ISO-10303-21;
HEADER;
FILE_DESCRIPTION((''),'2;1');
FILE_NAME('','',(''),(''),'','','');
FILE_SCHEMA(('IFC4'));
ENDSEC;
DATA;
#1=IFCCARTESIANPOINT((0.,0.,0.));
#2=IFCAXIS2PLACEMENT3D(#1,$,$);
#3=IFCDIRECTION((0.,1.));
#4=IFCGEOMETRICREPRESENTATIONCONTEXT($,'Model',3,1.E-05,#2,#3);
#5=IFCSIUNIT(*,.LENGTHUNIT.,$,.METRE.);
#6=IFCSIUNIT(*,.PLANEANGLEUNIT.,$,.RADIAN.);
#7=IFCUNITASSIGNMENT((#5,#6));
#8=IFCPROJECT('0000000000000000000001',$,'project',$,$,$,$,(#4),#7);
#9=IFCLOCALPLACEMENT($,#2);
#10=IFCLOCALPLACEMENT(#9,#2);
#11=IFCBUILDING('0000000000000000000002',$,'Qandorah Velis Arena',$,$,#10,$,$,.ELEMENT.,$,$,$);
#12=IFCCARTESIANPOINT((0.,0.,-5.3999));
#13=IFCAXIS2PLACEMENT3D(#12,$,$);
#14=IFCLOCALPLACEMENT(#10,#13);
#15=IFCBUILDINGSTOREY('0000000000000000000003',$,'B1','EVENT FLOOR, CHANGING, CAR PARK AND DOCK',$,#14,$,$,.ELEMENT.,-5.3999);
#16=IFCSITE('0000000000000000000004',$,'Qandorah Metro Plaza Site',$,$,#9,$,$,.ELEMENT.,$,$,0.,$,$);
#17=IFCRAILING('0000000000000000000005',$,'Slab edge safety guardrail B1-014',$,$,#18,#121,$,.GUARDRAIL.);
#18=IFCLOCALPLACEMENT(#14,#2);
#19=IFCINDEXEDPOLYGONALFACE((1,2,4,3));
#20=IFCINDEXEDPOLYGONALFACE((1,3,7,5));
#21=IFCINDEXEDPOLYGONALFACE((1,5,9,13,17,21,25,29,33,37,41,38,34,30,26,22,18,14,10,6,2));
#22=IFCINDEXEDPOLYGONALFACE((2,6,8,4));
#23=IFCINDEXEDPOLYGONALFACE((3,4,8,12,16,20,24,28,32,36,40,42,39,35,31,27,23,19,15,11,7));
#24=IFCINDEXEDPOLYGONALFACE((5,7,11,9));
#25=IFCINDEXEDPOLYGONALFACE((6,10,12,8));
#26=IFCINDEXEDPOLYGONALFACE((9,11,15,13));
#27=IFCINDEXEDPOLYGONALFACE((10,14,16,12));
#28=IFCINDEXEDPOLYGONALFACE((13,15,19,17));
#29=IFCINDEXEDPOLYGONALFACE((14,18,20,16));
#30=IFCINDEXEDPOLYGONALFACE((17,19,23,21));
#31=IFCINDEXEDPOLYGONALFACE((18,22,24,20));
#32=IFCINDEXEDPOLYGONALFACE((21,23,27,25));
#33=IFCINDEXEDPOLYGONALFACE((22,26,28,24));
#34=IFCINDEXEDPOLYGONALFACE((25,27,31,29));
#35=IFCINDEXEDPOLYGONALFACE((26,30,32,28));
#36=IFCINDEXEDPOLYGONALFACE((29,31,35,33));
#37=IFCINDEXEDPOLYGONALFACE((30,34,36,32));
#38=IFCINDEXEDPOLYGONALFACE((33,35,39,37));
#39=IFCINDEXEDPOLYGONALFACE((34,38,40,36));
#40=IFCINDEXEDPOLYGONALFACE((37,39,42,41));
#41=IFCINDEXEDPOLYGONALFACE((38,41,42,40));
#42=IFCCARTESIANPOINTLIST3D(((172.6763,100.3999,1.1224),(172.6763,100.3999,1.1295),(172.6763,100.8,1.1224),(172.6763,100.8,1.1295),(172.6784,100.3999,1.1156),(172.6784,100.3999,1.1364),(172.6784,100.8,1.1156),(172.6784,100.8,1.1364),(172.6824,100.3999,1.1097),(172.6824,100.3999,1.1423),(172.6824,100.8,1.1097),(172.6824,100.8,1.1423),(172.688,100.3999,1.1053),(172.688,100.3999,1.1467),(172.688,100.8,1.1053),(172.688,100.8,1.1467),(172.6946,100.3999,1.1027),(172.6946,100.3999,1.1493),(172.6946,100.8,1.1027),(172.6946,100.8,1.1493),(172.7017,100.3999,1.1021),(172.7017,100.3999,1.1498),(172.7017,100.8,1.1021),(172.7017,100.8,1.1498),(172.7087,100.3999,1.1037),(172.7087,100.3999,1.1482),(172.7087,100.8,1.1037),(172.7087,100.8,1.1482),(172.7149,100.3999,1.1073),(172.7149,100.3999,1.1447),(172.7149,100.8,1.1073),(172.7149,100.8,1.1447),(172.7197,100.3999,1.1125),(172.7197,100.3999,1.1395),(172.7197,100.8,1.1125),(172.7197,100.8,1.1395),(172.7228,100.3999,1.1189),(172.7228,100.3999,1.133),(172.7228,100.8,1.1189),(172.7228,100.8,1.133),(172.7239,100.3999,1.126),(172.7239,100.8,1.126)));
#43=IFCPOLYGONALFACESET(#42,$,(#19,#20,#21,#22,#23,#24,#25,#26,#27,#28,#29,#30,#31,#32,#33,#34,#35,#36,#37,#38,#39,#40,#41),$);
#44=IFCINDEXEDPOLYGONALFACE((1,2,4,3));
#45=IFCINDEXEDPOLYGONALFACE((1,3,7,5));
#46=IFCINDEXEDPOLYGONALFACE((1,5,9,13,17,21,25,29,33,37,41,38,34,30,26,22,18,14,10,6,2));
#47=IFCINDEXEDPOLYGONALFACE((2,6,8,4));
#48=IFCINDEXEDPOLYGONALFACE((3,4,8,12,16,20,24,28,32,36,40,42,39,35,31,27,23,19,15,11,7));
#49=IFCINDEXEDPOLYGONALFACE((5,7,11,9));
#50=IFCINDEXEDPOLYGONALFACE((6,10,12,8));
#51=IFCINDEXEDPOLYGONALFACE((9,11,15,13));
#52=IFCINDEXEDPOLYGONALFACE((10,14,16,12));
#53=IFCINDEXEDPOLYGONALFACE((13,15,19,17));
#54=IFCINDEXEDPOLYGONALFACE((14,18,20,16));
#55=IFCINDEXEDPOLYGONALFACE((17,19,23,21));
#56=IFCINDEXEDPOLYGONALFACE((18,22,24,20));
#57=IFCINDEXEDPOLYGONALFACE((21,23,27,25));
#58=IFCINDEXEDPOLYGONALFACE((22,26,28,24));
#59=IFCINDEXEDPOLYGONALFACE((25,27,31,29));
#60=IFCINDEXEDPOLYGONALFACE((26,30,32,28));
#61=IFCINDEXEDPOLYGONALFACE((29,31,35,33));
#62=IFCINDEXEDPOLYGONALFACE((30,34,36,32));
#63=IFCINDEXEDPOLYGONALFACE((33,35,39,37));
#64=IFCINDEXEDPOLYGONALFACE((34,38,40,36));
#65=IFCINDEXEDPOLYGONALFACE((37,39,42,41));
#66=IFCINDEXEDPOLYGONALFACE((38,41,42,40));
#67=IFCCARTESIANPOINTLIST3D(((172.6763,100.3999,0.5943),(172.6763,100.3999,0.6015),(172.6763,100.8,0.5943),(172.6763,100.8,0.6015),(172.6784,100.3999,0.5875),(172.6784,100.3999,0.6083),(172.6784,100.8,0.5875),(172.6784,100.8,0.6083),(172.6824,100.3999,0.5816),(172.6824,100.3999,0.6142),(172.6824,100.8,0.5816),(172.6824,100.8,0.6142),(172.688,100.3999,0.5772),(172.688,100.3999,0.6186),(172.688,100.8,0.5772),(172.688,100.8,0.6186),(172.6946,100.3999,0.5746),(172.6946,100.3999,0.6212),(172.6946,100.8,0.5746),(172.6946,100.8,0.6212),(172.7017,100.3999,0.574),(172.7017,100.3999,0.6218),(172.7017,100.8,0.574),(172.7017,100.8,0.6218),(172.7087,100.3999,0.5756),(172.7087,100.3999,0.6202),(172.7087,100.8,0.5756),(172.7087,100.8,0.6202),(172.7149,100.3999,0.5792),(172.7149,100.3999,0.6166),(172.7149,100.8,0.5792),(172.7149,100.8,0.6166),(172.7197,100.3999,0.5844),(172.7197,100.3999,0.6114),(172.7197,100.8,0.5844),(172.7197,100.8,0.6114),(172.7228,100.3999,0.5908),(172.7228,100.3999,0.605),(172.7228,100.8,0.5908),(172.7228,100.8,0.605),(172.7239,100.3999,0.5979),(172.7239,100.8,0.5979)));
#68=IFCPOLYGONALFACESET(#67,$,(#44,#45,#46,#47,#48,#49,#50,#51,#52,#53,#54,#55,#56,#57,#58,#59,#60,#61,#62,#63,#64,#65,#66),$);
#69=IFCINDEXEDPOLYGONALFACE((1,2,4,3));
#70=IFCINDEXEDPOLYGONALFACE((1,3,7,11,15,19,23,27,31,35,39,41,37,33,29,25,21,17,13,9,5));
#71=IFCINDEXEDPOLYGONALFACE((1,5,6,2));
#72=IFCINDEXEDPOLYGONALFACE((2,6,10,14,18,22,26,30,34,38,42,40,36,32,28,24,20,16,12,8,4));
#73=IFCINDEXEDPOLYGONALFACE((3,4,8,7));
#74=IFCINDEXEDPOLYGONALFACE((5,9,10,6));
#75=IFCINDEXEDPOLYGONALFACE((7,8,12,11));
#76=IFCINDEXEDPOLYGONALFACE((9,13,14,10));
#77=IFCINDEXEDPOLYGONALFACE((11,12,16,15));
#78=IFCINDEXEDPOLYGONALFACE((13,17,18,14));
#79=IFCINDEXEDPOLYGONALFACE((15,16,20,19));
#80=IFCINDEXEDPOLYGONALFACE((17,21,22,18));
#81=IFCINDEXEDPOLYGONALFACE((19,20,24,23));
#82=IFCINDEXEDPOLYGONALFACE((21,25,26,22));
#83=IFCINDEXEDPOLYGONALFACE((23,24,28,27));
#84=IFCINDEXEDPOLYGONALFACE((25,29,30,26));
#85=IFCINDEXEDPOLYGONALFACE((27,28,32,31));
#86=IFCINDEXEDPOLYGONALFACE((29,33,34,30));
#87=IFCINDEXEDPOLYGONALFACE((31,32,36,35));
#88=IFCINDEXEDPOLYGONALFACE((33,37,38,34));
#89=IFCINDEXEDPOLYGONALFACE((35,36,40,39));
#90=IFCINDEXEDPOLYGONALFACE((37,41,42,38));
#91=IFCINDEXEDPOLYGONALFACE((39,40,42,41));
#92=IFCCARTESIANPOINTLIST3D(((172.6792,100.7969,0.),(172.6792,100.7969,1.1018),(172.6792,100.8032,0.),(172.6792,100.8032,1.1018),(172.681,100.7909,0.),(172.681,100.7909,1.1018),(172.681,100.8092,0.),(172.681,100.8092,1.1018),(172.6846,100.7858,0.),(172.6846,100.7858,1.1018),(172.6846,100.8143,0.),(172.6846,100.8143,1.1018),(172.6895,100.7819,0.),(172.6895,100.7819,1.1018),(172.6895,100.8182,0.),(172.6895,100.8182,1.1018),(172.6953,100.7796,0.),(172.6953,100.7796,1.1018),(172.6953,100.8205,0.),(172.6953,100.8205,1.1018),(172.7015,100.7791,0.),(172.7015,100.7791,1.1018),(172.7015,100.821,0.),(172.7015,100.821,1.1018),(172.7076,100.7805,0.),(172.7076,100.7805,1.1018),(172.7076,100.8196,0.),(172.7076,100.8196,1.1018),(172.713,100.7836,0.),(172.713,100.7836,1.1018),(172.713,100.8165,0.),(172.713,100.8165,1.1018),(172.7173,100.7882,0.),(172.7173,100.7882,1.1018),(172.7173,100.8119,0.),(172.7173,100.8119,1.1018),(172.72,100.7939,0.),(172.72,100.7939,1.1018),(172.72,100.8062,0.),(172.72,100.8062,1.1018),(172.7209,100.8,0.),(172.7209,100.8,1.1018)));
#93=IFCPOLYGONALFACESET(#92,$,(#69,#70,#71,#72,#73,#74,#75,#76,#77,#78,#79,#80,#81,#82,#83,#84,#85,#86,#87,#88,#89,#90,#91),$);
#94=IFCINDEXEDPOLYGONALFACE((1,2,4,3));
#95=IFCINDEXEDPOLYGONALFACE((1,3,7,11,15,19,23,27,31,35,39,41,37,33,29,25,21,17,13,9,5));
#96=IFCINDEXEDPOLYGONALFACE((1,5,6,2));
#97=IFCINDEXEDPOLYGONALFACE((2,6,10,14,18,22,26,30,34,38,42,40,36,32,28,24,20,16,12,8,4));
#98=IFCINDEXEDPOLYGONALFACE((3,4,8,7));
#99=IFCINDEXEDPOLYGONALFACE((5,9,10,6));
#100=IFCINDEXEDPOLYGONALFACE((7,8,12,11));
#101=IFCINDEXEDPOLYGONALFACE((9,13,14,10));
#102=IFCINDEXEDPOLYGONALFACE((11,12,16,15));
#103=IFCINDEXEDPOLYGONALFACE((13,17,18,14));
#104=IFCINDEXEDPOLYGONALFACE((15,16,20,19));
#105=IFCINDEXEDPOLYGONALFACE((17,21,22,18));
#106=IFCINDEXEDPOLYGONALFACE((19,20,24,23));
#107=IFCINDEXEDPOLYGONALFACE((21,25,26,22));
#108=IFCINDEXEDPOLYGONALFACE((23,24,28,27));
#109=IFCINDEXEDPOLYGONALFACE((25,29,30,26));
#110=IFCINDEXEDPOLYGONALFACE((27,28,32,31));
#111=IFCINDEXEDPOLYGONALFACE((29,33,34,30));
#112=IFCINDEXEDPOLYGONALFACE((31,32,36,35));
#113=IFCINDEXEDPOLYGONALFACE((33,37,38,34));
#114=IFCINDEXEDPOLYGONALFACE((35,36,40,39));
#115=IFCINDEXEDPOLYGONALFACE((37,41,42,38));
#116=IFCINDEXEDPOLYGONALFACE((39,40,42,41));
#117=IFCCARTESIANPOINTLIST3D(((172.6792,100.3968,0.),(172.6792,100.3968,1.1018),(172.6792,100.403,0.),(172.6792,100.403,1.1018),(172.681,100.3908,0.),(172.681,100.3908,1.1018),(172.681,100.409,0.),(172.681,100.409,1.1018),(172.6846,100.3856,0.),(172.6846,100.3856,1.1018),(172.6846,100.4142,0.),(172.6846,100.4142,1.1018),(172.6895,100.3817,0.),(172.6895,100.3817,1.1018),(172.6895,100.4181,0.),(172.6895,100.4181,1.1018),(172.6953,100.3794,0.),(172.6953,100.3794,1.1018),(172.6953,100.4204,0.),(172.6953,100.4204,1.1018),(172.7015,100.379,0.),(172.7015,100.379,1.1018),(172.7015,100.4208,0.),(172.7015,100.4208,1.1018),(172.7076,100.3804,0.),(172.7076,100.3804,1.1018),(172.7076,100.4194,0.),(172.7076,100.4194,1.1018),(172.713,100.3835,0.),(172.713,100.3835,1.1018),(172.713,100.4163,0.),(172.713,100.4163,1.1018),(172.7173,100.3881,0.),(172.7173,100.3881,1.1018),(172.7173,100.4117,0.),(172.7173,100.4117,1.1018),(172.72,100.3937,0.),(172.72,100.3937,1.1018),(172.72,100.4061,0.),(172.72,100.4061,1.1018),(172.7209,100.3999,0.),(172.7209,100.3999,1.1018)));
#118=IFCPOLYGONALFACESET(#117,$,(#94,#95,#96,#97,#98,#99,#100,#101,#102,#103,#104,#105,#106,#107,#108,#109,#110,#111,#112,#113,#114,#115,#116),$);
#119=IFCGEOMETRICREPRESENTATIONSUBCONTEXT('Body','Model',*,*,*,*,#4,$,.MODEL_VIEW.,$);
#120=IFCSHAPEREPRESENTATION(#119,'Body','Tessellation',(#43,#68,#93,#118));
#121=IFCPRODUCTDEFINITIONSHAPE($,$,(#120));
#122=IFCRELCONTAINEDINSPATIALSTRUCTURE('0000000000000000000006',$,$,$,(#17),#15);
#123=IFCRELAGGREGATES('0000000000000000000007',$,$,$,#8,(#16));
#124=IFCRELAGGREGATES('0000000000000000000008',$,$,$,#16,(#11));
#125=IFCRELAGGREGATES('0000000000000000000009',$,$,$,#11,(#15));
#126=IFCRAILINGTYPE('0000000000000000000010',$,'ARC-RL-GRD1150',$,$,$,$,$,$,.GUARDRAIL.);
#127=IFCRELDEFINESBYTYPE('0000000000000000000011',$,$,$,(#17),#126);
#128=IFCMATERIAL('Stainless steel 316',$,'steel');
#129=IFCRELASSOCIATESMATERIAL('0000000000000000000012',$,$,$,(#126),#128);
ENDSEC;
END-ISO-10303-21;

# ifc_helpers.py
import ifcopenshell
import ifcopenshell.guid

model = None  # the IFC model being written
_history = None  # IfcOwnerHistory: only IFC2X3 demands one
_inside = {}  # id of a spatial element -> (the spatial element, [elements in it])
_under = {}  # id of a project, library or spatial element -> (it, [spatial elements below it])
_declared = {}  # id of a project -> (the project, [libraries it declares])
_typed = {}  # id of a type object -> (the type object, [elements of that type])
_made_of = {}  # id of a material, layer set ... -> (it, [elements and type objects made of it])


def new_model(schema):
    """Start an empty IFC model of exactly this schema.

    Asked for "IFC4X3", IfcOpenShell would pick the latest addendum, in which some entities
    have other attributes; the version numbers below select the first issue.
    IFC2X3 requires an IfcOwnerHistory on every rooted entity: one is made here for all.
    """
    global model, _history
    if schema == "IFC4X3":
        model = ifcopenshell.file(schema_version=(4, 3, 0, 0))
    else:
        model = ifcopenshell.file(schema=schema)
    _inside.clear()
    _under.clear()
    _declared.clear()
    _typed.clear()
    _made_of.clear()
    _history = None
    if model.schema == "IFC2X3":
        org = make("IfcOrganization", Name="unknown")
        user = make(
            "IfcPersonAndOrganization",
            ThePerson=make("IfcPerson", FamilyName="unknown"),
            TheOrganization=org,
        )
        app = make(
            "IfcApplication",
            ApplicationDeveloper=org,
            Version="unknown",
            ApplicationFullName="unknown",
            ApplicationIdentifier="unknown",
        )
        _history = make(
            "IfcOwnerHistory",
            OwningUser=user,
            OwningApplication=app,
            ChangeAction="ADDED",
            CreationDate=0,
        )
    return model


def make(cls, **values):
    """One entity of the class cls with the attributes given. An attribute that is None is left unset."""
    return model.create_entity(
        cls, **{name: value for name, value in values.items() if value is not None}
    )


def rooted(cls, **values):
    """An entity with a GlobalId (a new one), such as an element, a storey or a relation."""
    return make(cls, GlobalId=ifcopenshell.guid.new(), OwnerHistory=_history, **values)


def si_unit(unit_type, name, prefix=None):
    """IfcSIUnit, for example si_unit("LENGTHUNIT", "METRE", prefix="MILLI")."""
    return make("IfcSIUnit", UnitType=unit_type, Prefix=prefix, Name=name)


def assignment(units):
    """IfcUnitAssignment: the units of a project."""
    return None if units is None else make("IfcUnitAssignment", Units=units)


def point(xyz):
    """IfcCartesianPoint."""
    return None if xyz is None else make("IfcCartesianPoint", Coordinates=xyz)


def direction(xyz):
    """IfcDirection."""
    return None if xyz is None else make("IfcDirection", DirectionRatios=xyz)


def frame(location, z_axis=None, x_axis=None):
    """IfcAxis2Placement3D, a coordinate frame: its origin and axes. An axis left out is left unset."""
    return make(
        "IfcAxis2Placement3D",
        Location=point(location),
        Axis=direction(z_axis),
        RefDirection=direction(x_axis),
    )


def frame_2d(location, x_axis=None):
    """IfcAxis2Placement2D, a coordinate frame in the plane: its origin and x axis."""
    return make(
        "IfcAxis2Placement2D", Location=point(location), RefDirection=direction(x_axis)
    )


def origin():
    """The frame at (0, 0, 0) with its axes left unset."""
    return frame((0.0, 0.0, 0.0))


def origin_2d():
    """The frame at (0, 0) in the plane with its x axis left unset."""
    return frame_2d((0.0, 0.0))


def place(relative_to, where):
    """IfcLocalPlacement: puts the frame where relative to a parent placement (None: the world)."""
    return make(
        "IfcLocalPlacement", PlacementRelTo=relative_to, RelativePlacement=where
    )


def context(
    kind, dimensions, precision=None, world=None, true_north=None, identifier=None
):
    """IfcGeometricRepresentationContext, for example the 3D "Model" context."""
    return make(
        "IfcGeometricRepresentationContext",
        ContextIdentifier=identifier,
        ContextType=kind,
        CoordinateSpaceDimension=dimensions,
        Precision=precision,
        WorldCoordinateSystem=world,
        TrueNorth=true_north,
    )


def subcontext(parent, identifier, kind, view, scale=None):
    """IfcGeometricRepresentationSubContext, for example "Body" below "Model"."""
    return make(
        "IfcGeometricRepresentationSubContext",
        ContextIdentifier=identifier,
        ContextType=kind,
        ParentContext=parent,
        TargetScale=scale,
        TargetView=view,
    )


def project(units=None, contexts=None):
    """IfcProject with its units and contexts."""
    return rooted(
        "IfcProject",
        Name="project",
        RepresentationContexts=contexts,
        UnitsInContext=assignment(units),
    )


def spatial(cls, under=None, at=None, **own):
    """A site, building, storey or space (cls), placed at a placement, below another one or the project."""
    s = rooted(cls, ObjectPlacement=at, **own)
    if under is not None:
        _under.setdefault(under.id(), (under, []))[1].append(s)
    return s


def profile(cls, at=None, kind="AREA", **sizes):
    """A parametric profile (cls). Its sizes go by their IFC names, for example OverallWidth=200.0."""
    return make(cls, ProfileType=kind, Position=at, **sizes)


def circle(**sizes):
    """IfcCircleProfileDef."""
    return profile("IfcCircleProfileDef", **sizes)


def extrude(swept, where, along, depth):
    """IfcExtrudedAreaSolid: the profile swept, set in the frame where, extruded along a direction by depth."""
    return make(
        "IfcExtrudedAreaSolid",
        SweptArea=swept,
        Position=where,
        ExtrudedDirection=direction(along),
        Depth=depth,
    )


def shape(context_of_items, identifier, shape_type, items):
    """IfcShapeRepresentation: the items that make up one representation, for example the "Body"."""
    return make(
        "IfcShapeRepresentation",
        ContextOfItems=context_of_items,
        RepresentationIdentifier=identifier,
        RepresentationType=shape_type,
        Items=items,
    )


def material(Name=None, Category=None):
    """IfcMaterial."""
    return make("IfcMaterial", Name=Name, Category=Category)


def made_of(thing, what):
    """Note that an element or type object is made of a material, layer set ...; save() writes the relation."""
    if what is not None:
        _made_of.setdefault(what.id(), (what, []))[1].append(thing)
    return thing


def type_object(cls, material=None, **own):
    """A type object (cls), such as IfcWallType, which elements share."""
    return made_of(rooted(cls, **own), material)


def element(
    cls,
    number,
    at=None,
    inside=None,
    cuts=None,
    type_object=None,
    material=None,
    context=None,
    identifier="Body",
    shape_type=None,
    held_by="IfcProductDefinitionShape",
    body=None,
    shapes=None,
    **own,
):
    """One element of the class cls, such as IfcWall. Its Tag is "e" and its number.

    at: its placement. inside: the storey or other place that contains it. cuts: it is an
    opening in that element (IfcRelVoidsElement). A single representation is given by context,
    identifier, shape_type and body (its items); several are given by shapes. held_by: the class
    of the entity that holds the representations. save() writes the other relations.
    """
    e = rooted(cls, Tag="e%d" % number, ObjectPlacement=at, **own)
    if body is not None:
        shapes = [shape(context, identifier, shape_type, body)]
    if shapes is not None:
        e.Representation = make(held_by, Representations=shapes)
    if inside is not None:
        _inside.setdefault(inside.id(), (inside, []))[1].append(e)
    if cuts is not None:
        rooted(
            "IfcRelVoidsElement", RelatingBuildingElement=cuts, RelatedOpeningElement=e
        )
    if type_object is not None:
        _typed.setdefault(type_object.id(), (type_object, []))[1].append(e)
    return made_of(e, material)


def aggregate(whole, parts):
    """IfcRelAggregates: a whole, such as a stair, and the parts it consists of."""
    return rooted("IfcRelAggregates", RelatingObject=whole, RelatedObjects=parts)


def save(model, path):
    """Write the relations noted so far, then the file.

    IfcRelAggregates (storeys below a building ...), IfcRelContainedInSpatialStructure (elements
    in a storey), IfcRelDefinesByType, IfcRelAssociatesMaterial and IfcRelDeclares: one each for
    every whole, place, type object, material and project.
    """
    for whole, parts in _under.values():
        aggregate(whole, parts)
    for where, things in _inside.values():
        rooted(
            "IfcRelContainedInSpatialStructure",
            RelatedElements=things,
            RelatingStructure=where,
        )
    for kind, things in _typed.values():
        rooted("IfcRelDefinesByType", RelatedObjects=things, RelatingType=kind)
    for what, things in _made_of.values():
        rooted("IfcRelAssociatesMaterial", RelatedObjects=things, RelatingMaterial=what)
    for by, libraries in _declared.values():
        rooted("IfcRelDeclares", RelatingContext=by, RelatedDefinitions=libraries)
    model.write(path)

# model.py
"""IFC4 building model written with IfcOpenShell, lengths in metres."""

from ifc_helpers import new_model, si_unit, direction, frame, origin, origin_2d, place, context, subcontext, project, spatial, circle, extrude, material, type_object, element, save


model = new_model("IFC4")

# Units and contexts
model_context = context("Model", 3, precision=1e-05, world=origin(), true_north=direction((0.0, 1.0)))
body_context = subcontext(model_context, "Body", "Model", "MODEL_VIEW")
ifc_project = project(units=[si_unit("LENGTHUNIT", "METRE"), si_unit("PLANEANGLEUNIT", "RADIAN")], contexts=[model_context])

# Site, building, storey
site_placement = place(None, origin())
site = spatial("IfcSite", under=ifc_project, at=site_placement, Name="Qandorah Metro Plaza Site", CompositionType="ELEMENT", RefElevation=0.0)
building_placement = place(site_placement, origin())
building = spatial("IfcBuilding", under=site, at=building_placement, Name="Qandorah Velis Arena", CompositionType="ELEMENT")
storey_placement = place(building_placement, frame((0.0, 0.0, -5.3999)))
storey = spatial("IfcBuildingStorey", under=building, at=storey_placement, Name="B1", Description="EVENT FLOOR, CHANGING, CAR PARK AND DOCK", CompositionType="ELEMENT", Elevation=-5.3999)

# Railing
ifc_material_1 = material(Name="Stainless steel 316", Category="steel")
railing_type = type_object("IfcRailingType", Name="ARC-RL-GRD1150", PredefinedType="GUARDRAIL", material=ifc_material_1)
for number, where, name in (
    (1, (172.7, 100.8, 0.0), "Slab edge safety guardrail B1-014"),
):
    element("IfcRailing", number, at=place(storey_placement, frame(where)), inside=storey, type_object=railing_type, Name=name, PredefinedType="GUARDRAIL", context=body_context, shape_type="SweptSolid", body=[
        extrude(circle(Radius=0.0239, at=origin_2d()), frame((0.0, 0.0, 1.126), z_axis=(0.0, -1.0, 0.0), x_axis=(1.0, 0.0, 0.0)), (0.0, 0.0, 1.0), 0.4001),
        extrude(circle(Radius=0.0239, at=origin_2d()), frame((0.0, 0.0, 0.5979), z_axis=(0.0, -1.0, 0.0), x_axis=(1.0, 0.0, 0.0)), (0.0, 0.0, 1.0), 0.4001),
        extrude(circle(Radius=0.021, at=origin_2d()), origin(), (0.0, 0.0, 1.0), 1.1018),
        extrude(circle(Radius=0.021, at=origin_2d()), frame((0.0, -0.4001, 0.0)), (0.0, 0.0, 1.0), 1.1018),
    ])

save(model, "model.ifc")
